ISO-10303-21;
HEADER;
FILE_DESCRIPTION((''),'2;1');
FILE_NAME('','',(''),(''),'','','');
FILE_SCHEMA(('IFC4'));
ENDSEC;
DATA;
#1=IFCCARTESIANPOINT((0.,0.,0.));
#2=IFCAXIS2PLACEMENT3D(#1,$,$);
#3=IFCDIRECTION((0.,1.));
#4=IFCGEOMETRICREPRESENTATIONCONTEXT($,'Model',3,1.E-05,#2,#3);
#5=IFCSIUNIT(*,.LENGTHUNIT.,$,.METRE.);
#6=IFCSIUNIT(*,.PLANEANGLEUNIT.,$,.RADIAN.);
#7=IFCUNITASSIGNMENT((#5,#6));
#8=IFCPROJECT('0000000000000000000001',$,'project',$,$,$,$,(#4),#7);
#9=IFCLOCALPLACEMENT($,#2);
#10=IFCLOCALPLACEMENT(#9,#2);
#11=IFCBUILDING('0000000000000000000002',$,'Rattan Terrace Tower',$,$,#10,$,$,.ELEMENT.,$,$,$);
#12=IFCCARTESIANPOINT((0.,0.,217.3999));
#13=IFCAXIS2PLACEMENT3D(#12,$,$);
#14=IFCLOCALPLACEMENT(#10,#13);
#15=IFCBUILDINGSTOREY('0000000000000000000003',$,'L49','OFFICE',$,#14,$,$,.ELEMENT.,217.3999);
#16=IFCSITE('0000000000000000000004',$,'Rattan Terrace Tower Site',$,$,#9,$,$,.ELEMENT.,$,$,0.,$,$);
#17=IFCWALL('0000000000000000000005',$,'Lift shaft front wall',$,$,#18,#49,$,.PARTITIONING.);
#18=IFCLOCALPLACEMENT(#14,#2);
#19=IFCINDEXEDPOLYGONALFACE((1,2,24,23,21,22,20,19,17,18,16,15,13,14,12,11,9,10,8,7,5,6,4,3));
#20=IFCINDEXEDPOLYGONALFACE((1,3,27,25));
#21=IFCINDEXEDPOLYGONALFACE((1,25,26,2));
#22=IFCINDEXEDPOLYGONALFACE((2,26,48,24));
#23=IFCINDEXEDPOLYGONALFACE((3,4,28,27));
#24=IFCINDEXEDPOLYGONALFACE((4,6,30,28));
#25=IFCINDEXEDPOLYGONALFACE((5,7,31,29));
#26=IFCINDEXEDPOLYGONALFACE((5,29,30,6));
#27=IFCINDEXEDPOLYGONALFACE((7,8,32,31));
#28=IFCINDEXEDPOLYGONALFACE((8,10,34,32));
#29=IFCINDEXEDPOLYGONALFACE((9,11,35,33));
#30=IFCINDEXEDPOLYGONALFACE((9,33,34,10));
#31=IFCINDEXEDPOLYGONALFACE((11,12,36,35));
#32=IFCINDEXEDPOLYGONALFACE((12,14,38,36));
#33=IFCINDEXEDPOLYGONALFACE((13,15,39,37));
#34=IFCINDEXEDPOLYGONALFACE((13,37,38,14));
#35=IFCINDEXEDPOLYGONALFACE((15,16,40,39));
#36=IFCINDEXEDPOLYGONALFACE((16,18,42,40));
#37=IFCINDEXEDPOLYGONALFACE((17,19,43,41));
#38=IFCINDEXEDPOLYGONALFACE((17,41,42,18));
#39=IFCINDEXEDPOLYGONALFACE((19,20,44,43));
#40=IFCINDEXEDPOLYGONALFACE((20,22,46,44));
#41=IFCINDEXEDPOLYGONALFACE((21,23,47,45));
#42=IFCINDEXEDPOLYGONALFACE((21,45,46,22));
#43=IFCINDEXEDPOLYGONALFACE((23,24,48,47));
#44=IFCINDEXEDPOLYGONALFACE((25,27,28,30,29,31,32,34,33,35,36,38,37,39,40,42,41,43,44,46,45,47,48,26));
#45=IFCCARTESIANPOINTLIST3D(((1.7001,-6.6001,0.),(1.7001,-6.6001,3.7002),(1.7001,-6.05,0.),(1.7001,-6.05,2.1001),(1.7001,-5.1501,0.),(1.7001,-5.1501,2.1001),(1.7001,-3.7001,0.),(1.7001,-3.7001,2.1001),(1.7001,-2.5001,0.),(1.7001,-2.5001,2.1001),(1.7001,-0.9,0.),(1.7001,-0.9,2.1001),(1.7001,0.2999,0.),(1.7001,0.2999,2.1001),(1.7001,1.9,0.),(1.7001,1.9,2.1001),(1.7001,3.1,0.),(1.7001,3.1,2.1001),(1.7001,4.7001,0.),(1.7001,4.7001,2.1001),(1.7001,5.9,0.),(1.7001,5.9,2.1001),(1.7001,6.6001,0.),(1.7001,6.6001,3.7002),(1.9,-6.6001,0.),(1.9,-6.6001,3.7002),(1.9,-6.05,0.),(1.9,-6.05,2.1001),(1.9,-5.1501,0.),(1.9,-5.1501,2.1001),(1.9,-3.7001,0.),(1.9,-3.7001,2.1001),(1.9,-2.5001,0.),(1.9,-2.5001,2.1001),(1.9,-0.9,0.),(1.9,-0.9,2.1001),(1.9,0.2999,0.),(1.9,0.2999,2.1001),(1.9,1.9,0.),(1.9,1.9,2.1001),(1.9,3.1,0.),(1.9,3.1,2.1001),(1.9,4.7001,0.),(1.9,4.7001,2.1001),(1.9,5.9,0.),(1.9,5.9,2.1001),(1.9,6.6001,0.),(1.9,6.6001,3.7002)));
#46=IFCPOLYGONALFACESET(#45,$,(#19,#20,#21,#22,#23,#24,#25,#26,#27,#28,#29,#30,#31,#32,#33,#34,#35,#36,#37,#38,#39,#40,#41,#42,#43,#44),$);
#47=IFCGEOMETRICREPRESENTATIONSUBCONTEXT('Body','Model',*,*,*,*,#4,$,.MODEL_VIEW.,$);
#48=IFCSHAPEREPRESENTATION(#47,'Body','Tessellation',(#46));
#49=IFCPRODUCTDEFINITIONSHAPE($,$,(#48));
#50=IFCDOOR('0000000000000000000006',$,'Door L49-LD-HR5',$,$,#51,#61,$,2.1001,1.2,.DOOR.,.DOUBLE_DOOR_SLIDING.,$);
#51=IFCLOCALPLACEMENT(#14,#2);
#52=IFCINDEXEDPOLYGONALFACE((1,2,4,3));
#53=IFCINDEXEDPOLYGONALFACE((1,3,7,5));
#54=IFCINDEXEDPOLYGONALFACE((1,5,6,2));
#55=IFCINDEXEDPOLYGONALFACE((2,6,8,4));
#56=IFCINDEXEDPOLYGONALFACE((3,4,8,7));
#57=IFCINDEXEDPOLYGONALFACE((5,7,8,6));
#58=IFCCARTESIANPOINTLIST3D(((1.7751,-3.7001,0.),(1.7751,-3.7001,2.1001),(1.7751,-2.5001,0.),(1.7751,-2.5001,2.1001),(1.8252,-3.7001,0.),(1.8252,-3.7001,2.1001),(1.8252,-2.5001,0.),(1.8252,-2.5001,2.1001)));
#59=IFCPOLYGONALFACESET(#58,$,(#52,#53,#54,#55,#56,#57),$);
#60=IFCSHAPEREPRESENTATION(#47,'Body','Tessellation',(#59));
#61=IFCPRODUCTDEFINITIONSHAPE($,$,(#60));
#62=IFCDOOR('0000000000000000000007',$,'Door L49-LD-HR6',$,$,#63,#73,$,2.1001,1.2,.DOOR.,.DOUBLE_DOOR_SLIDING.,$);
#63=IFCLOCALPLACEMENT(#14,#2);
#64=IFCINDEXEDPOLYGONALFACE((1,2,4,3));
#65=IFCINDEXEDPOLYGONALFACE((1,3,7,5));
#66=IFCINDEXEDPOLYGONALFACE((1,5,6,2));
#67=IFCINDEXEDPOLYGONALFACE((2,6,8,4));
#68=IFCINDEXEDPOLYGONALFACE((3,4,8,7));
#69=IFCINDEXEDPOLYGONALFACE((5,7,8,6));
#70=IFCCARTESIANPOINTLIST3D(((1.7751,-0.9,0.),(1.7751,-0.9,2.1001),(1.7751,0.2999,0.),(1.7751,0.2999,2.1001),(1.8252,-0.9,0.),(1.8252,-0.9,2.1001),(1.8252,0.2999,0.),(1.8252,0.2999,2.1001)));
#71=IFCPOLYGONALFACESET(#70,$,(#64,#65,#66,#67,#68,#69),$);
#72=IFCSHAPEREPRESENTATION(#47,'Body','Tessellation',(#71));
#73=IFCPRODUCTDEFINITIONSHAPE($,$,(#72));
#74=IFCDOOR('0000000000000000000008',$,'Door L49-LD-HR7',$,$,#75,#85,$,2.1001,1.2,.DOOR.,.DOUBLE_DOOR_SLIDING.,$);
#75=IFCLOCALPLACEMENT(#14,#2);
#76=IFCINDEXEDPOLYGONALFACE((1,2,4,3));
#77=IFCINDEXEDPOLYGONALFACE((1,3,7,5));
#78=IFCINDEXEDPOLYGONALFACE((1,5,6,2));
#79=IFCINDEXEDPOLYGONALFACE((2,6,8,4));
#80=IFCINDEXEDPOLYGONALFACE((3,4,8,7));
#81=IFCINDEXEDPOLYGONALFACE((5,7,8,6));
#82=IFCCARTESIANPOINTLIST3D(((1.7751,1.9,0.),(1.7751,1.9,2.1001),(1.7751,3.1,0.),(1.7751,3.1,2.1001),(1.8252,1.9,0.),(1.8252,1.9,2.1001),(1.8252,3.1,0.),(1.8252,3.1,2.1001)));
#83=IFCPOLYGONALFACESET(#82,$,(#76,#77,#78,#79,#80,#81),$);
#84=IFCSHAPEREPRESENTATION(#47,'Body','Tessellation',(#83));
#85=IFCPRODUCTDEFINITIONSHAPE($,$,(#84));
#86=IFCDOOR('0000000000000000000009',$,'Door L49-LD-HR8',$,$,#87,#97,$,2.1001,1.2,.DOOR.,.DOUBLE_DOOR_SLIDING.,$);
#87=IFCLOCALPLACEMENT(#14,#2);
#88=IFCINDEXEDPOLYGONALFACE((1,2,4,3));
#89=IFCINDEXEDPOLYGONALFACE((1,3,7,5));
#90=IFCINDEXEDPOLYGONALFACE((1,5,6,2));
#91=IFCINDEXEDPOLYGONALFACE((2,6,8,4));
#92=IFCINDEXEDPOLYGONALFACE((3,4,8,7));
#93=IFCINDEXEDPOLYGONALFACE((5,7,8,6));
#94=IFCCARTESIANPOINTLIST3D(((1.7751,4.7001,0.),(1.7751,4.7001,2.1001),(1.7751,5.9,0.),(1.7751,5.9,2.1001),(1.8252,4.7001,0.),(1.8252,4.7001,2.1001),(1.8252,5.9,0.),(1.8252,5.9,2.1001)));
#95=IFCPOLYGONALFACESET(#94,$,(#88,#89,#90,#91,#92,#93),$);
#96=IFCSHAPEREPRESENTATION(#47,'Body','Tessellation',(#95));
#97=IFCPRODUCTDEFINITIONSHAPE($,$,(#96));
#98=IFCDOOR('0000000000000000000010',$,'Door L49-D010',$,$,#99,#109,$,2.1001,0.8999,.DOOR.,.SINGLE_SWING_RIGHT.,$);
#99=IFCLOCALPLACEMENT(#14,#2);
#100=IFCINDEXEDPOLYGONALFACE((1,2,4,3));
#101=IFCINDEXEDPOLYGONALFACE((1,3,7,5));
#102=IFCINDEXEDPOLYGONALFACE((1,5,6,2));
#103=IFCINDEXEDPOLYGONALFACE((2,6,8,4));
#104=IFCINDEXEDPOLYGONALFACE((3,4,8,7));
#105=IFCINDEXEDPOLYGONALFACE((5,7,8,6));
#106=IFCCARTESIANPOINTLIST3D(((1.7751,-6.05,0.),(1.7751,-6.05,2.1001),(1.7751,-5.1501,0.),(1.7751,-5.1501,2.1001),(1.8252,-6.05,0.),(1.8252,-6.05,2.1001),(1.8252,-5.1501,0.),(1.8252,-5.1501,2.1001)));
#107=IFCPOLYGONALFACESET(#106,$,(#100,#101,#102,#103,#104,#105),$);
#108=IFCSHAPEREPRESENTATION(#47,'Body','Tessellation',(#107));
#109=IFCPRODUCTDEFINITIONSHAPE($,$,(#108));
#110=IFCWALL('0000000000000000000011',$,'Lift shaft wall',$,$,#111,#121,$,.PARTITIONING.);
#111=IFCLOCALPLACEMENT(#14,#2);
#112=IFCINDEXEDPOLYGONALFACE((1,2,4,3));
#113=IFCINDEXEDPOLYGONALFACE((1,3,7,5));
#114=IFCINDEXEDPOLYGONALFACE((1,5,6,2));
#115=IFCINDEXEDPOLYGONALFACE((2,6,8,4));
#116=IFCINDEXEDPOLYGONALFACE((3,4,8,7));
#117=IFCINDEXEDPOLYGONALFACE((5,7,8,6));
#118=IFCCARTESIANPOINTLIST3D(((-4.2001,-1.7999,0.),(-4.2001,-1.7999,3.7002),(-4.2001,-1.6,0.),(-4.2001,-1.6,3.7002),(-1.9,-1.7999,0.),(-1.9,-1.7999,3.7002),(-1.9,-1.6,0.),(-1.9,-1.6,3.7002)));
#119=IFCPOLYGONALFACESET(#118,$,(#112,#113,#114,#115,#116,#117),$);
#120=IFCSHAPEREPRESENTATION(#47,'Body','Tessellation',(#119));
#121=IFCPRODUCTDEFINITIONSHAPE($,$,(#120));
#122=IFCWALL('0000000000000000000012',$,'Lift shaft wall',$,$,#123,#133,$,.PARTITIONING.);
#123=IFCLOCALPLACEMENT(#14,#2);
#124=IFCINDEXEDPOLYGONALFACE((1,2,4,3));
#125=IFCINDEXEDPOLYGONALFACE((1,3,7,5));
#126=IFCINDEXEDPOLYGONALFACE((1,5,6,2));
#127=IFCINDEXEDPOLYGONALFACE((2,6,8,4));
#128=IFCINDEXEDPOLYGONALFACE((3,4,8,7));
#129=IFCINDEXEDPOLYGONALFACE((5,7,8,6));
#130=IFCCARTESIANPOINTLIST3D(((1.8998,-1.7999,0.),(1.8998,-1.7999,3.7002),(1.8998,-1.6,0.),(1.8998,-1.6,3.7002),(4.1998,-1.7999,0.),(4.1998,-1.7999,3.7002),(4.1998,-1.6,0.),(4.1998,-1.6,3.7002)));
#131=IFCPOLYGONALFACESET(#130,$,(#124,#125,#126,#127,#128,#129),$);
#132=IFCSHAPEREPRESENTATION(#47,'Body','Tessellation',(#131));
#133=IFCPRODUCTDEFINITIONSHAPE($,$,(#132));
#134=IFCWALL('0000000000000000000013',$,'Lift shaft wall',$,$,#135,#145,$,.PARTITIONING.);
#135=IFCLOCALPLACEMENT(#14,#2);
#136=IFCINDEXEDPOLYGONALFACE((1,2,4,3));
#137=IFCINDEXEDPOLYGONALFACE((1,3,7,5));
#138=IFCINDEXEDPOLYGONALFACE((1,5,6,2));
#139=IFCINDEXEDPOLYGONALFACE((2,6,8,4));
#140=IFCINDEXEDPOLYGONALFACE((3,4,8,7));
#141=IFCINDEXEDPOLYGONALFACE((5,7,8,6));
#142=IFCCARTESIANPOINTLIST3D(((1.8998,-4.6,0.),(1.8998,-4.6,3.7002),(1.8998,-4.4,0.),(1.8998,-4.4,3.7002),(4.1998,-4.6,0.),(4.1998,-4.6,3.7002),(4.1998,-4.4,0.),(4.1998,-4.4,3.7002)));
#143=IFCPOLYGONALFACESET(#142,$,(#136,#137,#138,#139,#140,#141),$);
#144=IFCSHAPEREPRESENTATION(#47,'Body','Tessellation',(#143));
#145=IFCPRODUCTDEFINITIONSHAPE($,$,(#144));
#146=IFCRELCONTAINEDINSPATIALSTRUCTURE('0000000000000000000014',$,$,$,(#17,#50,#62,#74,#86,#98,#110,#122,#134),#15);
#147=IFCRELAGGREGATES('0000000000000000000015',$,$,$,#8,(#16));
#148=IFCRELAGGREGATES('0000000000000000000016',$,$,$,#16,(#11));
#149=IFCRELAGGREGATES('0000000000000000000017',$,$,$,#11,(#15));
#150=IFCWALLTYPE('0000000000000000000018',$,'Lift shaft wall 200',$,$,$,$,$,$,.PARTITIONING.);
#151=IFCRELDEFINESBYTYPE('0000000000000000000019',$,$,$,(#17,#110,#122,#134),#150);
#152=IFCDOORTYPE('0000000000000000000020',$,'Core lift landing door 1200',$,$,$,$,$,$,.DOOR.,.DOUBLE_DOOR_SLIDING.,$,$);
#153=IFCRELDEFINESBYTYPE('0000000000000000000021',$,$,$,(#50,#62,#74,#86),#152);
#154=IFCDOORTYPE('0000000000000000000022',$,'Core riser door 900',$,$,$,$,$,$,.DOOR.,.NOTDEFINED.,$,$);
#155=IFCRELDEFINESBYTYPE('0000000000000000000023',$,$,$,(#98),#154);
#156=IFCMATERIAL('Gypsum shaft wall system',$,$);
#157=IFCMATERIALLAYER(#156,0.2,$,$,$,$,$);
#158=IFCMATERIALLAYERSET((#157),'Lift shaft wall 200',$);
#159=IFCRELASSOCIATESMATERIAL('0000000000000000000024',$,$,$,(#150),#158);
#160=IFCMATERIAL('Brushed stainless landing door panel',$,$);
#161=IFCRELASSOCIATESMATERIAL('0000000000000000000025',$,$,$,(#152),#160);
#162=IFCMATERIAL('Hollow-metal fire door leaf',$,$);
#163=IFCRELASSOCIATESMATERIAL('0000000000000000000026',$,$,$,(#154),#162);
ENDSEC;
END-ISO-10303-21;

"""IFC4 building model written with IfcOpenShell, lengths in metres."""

from ifc_helpers import new_model, si_unit, direction, frame, frame_2d, origin, place, context, subcontext, project, spatial, rectangle, extrude, material, layer, layer_set, type_object, element, fill, save


model = new_model("IFC4")

# Units and contexts
model_context = context("Model", 3, precision=1e-05, world=origin(), true_north=direction((0.0, 1.0)))
body_context = subcontext(model_context, "Body", "Model", "MODEL_VIEW")
ifc_project = project(units=[si_unit("LENGTHUNIT", "METRE"), si_unit("PLANEANGLEUNIT", "RADIAN")], contexts=[model_context])

# Site, building, storey
site_placement = place(None, origin())
site = spatial("IfcSite", under=ifc_project, at=site_placement, Name="Rattan Terrace Tower Site", CompositionType="ELEMENT", RefElevation=0.0)
building_placement = place(site_placement, origin())
building = spatial("IfcBuilding", under=site, at=building_placement, Name="Rattan Terrace Tower", CompositionType="ELEMENT")
storey_placement = place(building_placement, frame((0.0, 0.0, 217.3999)))
storey = spatial("IfcBuildingStorey", under=building, at=storey_placement, Name="L49", Description="OFFICE", CompositionType="ELEMENT", Elevation=217.3999)

# Wall, openings, doors
ifc_material_1 = material(Name="Gypsum shaft wall system")
ifc_layer_1 = layer(ifc_material_1, 0.2)
ifc_layer_set_1 = layer_set([ifc_layer_1], Name="Lift shaft wall 200")
wall_type_1 = type_object("IfcWallType", Name="Lift shaft wall 200", PredefinedType="PARTITIONING", material=ifc_layer_set_1)
ifc_material_2 = material(Name="Brushed stainless landing door panel")
door_type_1 = type_object("IfcDoorType", Name="Core lift landing door 1200", OperationType="DOUBLE_DOOR_SLIDING", PredefinedType="DOOR", material=ifc_material_2)
ifc_material_3 = material(Name="Hollow-metal fire door leaf")
door_type_2 = type_object("IfcDoorType", Name="Core riser door 900", OperationType="NOTDEFINED", PredefinedType="DOOR", material=ifc_material_3)
wall_1_placement = place(storey_placement, frame((1.8, -6.6001, 0.0), z_axis=(0.0, 0.0, 1.0), x_axis=(0.0, 1.0, 0.0)))
wall_1 = element("IfcWall", 1, at=wall_1_placement, inside=storey, type_object=wall_type_1, Name="Lift shaft front wall", PredefinedType="PARTITIONING", context=body_context, shape_type="SweptSolid", body=[
    extrude(rectangle(XDim=13.2002, YDim=0.2, at=frame_2d((6.6001, 0.0))), origin(), (0.0, 0.0, 1.0), 3.7002),
])
opening_1_placement = place(wall_1_placement, frame((0.55, 0.0, 0.0)))
opening_1 = element("IfcOpeningElement", 2, at=opening_1_placement, cuts=wall_1, PredefinedType="OPENING", context=body_context, shape_type="SweptSolid", body=[
    extrude(rectangle(XDim=0.8999, YDim=2.1001, at=frame_2d((0.45, 1.05))), frame((0.0, 0.1106, 0.0), z_axis=(0.0, -1.0, 0.0), x_axis=(1.0, 0.0, 0.0)), (0.0, 0.0, 1.0), 0.2209),
])
opening_2_placement = place(wall_1_placement, frame((2.8999, 0.0, 0.0)))
opening_2 = element("IfcOpeningElement", 3, at=opening_2_placement, cuts=wall_1, PredefinedType="OPENING", context=body_context, shape_type="SweptSolid", body=[
    extrude(rectangle(XDim=1.2, YDim=2.1001, at=frame_2d((0.6001, 1.05))), frame((0.0, 0.1106, 0.0), z_axis=(0.0, -1.0, 0.0), x_axis=(1.0, 0.0, 0.0)), (0.0, 0.0, 1.0), 0.2209),
])
opening_3_placement = place(wall_1_placement, frame((5.7, 0.0, 0.0)))
opening_3 = element("IfcOpeningElement", 4, at=opening_3_placement, cuts=wall_1, PredefinedType="OPENING", context=body_context, shape_type="SweptSolid", body=[
    extrude(rectangle(XDim=1.2, YDim=2.1001, at=frame_2d((0.6001, 1.05))), frame((0.0, 0.1106, 0.0), z_axis=(0.0, -1.0, 0.0), x_axis=(1.0, 0.0, 0.0)), (0.0, 0.0, 1.0), 0.2209),
])
opening_4_placement = place(wall_1_placement, frame((8.5, 0.0, 0.0)))
opening_4 = element("IfcOpeningElement", 5, at=opening_4_placement, cuts=wall_1, PredefinedType="OPENING", context=body_context, shape_type="SweptSolid", body=[
    extrude(rectangle(XDim=1.2, YDim=2.1001, at=frame_2d((0.6001, 1.05))), frame((0.0, 0.1106, 0.0), z_axis=(0.0, -1.0, 0.0), x_axis=(1.0, 0.0, 0.0)), (0.0, 0.0, 1.0), 0.2209),
])
opening_5_placement = place(wall_1_placement, frame((11.3, 0.0, 0.0)))
opening_5 = element("IfcOpeningElement", 6, at=opening_5_placement, cuts=wall_1, PredefinedType="OPENING", context=body_context, shape_type="SweptSolid", body=[
    extrude(rectangle(XDim=1.2, YDim=2.1001, at=frame_2d((0.6001, 1.05))), frame((0.0, 0.1106, 0.0), z_axis=(0.0, -1.0, 0.0), x_axis=(1.0, 0.0, 0.0)), (0.0, 0.0, 1.0), 0.2209),
])
door_1_placement = place(opening_2_placement, origin())
door_1 = element("IfcDoor", 7, at=door_1_placement, inside=storey, type_object=door_type_1, Name="Door L49-LD-HR5", OperationType="DOUBLE_DOOR_SLIDING", OverallHeight=2.1001, OverallWidth=1.2, PredefinedType="DOOR", context=body_context, shape_type="SweptSolid", body=[
    extrude(rectangle(XDim=1.2, YDim=2.1001, at=frame_2d((0.6001, 1.05))), frame((0.0, 0.0249, 0.0), z_axis=(0.0, -1.0, 0.0), x_axis=(1.0, 0.0, 0.0)), (0.0, 0.0, 1.0), 0.05),
])
fill(opening_2, door_1)
door_2_placement = place(opening_3_placement, origin())
door_2 = element("IfcDoor", 8, at=door_2_placement, inside=storey, type_object=door_type_1, Name="Door L49-LD-HR6", OperationType="DOUBLE_DOOR_SLIDING", OverallHeight=2.1001, OverallWidth=1.2, PredefinedType="DOOR", context=body_context, shape_type="SweptSolid", body=[
    extrude(rectangle(XDim=1.2, YDim=2.1001, at=frame_2d((0.6001, 1.05))), frame((0.0, 0.0249, 0.0), z_axis=(0.0, -1.0, 0.0), x_axis=(1.0, 0.0, 0.0)), (0.0, 0.0, 1.0), 0.05),
])
fill(opening_3, door_2)
door_3_placement = place(opening_4_placement, origin())
door_3 = element("IfcDoor", 9, at=door_3_placement, inside=storey, type_object=door_type_1, Name="Door L49-LD-HR7", OperationType="DOUBLE_DOOR_SLIDING", OverallHeight=2.1001, OverallWidth=1.2, PredefinedType="DOOR", context=body_context, shape_type="SweptSolid", body=[
    extrude(rectangle(XDim=1.2, YDim=2.1001, at=frame_2d((0.6001, 1.05))), frame((0.0, 0.0249, 0.0), z_axis=(0.0, -1.0, 0.0), x_axis=(1.0, 0.0, 0.0)), (0.0, 0.0, 1.0), 0.05),
])
fill(opening_4, door_3)
door_4_placement = place(opening_5_placement, origin())
door_4 = element("IfcDoor", 10, at=door_4_placement, inside=storey, type_object=door_type_1, Name="Door L49-LD-HR8", OperationType="DOUBLE_DOOR_SLIDING", OverallHeight=2.1001, OverallWidth=1.2, PredefinedType="DOOR", context=body_context, shape_type="SweptSolid", body=[
    extrude(rectangle(XDim=1.2, YDim=2.1001, at=frame_2d((0.6001, 1.05))), frame((0.0, 0.0249, 0.0), z_axis=(0.0, -1.0, 0.0), x_axis=(1.0, 0.0, 0.0)), (0.0, 0.0, 1.0), 0.05),
])
fill(opening_5, door_4)
door_5_placement = place(opening_1_placement, origin())
door_5 = element("IfcDoor", 11, at=door_5_placement, inside=storey, type_object=door_type_2, Name="Door L49-D010", OperationType="SINGLE_SWING_RIGHT", OverallHeight=2.1001, OverallWidth=0.8999, PredefinedType="DOOR", context=body_context, shape_type="SweptSolid", body=[
    extrude(rectangle(XDim=0.8999, YDim=2.1001, at=frame_2d((0.45, 1.05))), frame((0.0, 0.0249, 0.0), z_axis=(0.0, -1.0, 0.0), x_axis=(1.0, 0.0, 0.0)), (0.0, 0.0, 1.0), 0.05),
])
fill(opening_1, door_5)

# Walls
for number, where, z_axis, x_axis, name in (
    (12, (-4.2, -1.7, 0.0), (0.0, 0.0, 1.0), (1.0, 0.0, 0.0), "Lift shaft wall"),
    (13, (1.8999, -1.7, 0.0), (0.0, 0.0, 1.0), (1.0, 0.0, 0.0), "Lift shaft wall"),
    (14, (1.8999, -4.5, 0.0), (0.0, 0.0, 1.0), (1.0, 0.0, 0.0), "Lift shaft wall"),
):
    element("IfcWall", number, at=place(storey_placement, frame(where, z_axis=z_axis, x_axis=x_axis)), inside=storey, type_object=wall_type_1, Name=name, PredefinedType="PARTITIONING", context=body_context, shape_type="SweptSolid", body=[
        extrude(rectangle(XDim=2.3, YDim=0.2, at=frame_2d((1.1499, 0.0))), origin(), (0.0, 0.0, 1.0), 3.7002),
    ])

save(model, "model.ifc")
